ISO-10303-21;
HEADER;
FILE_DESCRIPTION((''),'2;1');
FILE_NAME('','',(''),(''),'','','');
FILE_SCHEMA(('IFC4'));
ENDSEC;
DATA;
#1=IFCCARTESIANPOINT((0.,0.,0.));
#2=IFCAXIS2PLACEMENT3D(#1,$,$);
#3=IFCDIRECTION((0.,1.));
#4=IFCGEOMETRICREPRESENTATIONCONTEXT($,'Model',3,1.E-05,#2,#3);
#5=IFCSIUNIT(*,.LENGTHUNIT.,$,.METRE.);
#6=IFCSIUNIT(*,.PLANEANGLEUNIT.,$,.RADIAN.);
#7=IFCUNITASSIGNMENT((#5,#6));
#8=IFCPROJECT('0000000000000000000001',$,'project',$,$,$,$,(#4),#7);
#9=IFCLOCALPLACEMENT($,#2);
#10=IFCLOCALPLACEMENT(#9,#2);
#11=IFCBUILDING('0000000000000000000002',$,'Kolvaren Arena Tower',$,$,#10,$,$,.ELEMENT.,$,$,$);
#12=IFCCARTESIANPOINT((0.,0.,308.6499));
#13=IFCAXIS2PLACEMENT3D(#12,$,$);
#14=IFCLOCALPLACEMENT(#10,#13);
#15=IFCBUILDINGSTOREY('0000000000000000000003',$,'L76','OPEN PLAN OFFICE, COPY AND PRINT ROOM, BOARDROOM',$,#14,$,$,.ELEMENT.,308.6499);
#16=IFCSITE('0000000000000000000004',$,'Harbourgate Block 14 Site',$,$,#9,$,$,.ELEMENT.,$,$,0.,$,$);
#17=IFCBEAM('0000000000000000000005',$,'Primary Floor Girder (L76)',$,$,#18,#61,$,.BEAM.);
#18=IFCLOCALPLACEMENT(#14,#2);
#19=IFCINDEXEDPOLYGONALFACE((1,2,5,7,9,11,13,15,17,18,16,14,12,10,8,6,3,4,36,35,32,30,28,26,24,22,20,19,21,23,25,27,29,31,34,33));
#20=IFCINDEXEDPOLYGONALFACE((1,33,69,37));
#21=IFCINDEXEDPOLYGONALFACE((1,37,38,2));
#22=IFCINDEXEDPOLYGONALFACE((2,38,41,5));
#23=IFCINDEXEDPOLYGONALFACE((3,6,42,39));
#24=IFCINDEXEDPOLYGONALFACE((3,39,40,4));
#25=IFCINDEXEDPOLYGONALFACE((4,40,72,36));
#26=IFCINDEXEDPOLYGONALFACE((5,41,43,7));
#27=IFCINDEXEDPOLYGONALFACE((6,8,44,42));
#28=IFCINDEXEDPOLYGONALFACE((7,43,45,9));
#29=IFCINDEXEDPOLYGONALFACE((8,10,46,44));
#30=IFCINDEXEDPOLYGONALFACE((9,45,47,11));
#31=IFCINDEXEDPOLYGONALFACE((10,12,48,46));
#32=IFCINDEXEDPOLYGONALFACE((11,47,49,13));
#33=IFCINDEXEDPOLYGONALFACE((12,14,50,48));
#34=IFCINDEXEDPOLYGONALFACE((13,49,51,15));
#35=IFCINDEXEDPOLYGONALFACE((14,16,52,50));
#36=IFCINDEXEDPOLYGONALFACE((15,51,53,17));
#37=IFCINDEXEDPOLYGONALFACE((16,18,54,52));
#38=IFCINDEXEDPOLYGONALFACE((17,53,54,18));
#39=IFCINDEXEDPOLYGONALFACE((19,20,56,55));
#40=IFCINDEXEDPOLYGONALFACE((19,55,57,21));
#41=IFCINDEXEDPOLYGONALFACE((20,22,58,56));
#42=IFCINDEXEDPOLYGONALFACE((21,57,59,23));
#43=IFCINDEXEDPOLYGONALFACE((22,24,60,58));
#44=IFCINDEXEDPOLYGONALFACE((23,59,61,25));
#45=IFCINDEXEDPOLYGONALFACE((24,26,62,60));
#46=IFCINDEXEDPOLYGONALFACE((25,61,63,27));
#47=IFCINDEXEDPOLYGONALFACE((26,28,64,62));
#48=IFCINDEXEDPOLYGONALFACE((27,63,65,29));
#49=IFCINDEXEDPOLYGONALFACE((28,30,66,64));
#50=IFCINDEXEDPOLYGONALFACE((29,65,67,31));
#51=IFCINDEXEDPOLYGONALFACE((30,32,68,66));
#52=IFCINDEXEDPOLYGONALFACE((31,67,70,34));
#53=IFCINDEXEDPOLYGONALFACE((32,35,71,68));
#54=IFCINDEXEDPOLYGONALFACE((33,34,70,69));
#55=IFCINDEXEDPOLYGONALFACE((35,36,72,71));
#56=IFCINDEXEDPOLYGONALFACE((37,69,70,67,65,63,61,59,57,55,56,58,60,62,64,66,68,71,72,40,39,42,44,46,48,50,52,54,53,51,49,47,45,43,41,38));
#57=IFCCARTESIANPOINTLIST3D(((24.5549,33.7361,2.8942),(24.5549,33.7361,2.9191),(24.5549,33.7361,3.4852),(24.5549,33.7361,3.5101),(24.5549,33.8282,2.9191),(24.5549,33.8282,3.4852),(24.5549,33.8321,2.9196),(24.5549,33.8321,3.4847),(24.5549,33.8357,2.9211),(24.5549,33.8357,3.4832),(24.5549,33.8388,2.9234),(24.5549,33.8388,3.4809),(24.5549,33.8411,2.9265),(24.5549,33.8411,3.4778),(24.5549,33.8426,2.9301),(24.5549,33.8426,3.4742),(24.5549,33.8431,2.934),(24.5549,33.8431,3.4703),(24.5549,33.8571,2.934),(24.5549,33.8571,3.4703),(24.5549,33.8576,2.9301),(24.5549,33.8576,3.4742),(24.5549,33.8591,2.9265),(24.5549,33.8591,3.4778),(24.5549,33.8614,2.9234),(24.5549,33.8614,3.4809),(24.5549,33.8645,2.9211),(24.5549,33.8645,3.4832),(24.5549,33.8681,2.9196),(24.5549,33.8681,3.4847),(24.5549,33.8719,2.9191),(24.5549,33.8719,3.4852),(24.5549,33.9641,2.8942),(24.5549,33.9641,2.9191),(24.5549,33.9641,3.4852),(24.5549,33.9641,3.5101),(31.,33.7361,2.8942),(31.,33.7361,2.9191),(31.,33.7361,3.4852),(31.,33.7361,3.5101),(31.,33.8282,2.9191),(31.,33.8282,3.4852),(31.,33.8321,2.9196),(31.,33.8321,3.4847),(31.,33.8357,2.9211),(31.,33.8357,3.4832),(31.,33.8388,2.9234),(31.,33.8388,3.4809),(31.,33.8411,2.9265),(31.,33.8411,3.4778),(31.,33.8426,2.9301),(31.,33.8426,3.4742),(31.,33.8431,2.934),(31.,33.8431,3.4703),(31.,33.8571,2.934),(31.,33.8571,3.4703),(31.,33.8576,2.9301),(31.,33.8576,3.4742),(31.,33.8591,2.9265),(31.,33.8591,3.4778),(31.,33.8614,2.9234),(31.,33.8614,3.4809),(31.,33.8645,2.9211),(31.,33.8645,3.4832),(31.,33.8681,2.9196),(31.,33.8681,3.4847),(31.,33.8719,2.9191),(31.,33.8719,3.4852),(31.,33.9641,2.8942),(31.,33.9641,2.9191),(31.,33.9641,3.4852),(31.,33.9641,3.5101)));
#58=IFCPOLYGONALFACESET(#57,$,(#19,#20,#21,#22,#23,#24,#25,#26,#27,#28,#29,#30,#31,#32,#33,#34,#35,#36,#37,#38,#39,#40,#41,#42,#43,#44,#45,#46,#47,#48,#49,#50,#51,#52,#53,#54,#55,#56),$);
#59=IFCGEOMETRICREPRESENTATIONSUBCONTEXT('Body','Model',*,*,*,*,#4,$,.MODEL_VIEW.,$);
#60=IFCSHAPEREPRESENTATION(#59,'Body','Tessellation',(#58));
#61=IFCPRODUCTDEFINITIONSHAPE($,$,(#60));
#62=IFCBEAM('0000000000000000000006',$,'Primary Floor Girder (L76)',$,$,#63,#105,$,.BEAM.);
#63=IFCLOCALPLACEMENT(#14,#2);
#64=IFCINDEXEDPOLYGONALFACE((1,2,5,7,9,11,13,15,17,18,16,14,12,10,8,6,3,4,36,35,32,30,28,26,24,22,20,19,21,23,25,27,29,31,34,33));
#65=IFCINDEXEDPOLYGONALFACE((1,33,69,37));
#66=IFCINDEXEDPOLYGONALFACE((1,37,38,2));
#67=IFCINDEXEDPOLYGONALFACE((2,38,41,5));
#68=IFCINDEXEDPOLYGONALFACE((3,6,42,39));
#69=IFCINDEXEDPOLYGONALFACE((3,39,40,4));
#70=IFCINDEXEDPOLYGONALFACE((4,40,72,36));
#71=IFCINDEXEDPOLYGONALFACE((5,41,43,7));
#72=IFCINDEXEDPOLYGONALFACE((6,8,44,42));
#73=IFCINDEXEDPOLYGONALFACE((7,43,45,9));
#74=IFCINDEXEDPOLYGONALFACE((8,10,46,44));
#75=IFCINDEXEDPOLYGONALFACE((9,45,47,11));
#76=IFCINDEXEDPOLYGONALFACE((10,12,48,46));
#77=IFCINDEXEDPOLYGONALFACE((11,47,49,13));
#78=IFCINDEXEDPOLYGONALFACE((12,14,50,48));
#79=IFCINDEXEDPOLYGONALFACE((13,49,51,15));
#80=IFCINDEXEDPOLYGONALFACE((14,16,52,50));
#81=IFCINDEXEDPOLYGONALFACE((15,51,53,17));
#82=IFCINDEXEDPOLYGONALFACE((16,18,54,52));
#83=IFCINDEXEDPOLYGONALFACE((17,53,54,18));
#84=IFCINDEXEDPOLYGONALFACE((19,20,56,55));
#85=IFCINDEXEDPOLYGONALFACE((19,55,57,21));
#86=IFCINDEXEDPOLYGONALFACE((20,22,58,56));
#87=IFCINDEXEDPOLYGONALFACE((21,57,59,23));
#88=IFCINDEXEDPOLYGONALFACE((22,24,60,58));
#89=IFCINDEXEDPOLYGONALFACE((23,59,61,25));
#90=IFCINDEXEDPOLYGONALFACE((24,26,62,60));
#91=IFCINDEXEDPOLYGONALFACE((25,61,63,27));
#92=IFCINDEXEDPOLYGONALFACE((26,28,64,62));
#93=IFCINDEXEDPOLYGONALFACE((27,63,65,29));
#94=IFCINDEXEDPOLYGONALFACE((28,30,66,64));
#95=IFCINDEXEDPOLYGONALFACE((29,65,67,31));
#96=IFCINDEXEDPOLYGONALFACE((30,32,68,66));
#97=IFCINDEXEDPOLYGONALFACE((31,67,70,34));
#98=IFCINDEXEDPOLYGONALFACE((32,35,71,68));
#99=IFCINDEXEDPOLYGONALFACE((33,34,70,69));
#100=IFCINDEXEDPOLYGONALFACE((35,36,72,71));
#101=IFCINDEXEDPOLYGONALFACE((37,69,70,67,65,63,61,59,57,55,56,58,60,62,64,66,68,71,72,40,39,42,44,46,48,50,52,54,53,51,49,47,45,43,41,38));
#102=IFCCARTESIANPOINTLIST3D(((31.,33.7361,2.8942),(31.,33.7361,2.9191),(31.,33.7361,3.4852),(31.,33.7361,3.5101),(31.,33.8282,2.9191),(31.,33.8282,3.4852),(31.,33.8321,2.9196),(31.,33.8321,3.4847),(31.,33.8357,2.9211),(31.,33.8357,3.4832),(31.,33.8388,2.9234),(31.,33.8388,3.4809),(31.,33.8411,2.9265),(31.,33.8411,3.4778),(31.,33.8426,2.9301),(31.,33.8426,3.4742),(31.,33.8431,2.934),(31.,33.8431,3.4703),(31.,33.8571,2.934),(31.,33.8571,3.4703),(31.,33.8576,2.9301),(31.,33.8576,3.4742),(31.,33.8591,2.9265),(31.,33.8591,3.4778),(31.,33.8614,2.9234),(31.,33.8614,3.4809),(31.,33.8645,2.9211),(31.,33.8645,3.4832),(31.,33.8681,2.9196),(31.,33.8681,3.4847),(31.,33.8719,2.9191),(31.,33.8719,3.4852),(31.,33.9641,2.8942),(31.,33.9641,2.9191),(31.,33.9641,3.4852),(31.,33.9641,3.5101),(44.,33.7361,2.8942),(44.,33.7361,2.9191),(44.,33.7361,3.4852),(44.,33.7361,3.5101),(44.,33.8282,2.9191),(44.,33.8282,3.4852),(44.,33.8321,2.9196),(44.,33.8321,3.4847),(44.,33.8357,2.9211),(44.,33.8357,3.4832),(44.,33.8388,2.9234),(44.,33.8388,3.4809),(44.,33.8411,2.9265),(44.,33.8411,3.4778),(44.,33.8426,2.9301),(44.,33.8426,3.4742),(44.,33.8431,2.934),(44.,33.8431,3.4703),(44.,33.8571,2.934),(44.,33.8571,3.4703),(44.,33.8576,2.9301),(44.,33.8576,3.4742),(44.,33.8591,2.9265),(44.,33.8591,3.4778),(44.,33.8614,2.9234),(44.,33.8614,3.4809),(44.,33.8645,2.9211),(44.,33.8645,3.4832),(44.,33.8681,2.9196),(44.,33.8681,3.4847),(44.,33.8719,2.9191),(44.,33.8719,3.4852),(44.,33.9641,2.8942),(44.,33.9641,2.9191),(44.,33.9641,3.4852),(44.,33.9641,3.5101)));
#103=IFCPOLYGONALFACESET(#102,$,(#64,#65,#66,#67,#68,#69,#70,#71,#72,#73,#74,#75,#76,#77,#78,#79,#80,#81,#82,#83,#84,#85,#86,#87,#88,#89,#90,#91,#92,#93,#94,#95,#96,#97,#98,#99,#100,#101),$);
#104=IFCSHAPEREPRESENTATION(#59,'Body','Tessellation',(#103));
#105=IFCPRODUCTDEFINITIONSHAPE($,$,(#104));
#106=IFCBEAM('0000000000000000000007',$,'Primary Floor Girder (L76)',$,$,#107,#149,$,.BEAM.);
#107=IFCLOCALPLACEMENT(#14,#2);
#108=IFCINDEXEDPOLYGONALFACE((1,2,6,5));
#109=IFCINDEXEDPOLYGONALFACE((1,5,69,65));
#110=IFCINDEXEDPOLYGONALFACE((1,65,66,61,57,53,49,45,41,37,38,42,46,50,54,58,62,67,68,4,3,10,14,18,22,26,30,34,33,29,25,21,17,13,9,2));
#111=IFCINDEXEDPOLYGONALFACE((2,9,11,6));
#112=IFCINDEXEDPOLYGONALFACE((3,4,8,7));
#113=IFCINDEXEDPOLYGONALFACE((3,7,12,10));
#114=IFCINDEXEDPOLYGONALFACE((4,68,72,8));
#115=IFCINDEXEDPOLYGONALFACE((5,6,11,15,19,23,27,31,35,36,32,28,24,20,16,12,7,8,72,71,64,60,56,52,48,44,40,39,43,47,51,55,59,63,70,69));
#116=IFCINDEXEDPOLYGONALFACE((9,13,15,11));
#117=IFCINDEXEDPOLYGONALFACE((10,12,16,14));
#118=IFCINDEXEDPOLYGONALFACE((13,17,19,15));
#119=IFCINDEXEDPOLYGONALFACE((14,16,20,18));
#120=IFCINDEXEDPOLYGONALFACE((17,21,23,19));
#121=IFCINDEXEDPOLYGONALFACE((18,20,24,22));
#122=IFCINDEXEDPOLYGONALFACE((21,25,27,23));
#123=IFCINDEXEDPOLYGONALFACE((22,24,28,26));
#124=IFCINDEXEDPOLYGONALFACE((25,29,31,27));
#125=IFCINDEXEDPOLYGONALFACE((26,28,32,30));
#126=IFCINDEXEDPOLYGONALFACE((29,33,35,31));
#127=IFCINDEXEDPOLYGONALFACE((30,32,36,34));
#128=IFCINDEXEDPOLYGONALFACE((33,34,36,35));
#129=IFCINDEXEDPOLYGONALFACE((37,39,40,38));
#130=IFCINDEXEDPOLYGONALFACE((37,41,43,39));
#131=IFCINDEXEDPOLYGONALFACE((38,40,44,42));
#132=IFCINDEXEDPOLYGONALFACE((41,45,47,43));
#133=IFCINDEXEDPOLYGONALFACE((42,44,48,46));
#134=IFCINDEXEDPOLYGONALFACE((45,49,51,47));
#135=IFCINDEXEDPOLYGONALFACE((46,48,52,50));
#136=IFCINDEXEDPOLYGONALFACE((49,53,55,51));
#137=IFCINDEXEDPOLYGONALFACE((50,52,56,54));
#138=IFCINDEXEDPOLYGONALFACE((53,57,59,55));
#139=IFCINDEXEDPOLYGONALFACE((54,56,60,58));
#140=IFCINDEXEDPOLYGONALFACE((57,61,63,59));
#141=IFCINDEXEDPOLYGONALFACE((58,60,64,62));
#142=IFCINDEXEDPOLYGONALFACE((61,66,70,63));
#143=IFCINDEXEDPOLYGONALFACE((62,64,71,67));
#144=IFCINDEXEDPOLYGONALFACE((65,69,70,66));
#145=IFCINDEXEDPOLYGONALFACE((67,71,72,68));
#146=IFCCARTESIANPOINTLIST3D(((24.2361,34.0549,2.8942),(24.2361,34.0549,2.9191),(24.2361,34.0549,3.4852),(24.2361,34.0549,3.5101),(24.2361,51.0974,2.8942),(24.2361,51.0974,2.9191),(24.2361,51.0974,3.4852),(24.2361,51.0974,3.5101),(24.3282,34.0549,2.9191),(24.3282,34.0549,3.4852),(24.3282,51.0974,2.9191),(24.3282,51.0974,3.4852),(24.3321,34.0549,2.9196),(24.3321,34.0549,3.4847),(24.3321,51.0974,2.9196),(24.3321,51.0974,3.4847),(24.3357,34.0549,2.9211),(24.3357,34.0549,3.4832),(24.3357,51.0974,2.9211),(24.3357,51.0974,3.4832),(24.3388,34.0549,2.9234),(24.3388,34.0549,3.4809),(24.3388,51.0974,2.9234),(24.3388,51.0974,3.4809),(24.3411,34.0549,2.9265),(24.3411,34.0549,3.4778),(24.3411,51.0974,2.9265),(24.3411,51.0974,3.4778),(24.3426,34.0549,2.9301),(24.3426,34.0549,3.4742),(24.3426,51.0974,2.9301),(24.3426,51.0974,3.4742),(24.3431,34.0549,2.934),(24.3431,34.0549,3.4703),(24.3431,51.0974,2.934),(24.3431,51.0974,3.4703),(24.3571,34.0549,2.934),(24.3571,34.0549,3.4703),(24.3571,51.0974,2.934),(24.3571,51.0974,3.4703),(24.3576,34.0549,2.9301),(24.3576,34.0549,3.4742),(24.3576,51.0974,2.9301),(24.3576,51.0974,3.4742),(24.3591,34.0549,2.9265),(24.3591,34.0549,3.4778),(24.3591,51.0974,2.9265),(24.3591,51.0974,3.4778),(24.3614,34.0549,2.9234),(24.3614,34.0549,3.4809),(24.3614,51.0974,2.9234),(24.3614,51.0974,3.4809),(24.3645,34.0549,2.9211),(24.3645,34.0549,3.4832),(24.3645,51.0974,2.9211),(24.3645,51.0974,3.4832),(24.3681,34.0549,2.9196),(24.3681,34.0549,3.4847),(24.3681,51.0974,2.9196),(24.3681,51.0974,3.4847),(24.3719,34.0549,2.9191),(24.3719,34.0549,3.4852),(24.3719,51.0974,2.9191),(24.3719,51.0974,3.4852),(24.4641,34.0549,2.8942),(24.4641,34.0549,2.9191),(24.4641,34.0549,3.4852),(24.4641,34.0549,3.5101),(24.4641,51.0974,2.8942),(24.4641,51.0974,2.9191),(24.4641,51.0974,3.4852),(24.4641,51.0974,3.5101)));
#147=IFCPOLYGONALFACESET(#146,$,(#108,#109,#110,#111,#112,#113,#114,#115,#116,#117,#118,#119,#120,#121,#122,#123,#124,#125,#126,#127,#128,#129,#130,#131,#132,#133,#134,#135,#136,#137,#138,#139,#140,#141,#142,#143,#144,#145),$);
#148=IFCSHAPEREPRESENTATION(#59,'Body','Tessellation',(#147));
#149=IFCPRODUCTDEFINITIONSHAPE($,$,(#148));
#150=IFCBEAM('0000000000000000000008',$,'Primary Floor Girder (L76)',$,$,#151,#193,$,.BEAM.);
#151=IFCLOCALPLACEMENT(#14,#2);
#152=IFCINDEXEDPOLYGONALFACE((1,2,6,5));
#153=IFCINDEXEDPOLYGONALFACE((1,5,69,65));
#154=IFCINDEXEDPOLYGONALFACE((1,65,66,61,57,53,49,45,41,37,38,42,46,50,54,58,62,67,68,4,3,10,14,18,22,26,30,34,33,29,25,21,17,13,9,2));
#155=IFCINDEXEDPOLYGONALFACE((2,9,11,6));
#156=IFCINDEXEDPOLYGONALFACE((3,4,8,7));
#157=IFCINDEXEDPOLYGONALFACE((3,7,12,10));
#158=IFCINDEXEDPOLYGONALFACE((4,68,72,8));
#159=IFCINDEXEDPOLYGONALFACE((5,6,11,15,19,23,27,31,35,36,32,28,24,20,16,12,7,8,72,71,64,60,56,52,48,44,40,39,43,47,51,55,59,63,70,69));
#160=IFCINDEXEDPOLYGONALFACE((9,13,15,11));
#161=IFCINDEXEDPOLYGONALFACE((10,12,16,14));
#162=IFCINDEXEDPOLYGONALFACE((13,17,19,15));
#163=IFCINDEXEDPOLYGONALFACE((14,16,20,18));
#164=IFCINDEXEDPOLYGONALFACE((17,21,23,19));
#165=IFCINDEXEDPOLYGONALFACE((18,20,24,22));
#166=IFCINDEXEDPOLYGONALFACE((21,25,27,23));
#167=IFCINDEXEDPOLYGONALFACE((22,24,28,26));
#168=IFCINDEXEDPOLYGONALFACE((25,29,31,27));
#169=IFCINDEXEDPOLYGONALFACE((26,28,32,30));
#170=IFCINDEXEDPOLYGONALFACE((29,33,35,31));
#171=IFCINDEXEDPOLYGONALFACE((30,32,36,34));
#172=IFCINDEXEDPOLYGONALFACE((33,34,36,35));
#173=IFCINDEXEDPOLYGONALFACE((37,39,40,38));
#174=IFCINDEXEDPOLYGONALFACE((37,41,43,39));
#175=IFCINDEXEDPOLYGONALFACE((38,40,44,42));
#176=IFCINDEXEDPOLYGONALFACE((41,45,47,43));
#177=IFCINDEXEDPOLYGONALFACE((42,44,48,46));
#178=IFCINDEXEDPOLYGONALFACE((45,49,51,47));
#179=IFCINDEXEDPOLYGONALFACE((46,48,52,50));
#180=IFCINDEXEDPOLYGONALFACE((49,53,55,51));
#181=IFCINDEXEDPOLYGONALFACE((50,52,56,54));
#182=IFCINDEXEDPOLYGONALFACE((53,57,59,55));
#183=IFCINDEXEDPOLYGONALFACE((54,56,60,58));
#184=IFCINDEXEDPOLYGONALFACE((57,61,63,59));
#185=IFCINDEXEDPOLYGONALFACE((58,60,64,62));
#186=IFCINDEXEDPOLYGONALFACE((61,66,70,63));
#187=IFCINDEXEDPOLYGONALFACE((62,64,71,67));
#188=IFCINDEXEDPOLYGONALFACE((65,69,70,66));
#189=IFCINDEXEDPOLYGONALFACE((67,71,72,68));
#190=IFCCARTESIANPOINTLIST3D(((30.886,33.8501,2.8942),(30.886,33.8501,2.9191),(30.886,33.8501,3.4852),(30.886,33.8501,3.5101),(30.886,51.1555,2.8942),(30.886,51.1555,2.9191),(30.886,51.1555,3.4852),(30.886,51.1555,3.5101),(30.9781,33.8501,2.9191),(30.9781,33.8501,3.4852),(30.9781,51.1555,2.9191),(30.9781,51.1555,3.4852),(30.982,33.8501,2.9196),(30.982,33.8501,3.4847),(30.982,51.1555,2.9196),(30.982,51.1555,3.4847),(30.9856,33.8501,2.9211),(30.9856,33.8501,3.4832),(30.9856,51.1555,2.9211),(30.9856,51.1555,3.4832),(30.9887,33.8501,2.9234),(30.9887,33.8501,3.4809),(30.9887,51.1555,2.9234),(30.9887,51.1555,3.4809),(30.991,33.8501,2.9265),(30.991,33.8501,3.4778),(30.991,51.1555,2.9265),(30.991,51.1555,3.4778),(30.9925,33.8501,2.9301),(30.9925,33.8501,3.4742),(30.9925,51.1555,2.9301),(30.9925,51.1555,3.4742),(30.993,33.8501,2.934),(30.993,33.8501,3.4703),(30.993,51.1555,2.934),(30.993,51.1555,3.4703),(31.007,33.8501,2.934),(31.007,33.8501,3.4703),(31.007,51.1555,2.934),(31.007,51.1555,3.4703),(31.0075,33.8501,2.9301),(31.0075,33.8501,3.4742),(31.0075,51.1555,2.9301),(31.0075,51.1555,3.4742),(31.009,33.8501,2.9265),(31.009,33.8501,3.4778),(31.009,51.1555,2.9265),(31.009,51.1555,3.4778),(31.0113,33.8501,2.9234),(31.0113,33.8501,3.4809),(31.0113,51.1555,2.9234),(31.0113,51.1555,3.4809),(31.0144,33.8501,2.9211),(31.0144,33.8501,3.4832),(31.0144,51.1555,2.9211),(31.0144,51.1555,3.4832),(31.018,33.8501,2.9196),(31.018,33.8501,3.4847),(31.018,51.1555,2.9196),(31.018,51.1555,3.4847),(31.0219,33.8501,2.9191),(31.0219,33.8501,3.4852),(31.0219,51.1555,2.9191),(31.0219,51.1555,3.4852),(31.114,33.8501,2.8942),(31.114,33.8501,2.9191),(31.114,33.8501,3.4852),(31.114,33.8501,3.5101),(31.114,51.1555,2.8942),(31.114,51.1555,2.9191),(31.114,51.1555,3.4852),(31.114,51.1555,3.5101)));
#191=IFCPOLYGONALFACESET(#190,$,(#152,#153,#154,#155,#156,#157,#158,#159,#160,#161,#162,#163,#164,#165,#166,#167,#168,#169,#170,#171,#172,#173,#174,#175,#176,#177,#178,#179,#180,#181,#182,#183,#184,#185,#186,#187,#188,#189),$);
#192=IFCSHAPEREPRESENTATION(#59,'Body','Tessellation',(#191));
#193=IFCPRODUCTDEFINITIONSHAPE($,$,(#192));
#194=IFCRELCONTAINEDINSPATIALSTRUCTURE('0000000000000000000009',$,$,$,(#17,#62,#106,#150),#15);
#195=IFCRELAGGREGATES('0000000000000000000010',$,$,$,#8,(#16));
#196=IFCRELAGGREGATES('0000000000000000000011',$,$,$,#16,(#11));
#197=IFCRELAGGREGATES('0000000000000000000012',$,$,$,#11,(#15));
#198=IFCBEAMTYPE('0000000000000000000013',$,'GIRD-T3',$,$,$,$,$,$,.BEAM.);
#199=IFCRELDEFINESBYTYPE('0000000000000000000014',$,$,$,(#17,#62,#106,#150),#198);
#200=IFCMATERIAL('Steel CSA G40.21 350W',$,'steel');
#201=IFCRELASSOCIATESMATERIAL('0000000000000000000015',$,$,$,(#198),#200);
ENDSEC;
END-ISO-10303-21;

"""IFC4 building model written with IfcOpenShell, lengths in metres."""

from ifc_helpers import new_model, si_unit, direction, frame, origin, origin_2d, place, context, subcontext, project, spatial, i_section, extrude, material, material_profile, profile_set, type_object, element, save


model = new_model("IFC4")

# Units and contexts
model_context = context("Model", 3, precision=1e-05, world=origin(), true_north=direction((0.0, 1.0)))
body_context = subcontext(model_context, "Body", "Model", "MODEL_VIEW")
ifc_project = project(units=[si_unit("LENGTHUNIT", "METRE"), si_unit("PLANEANGLEUNIT", "RADIAN")], contexts=[model_context])

# Site, building, storey
site_placement = place(None, origin())
site = spatial("IfcSite", under=ifc_project, at=site_placement, Name="Harbourgate Block 14 Site", CompositionType="ELEMENT", RefElevation=0.0)
building_placement = place(site_placement, origin())
building = spatial("IfcBuilding", under=site, at=building_placement, Name="Kolvaren Arena Tower", CompositionType="ELEMENT")
storey_placement = place(building_placement, frame((0.0, 0.0, 308.6499)))
storey = spatial("IfcBuildingStorey", under=building, at=storey_placement, Name="L76", Description="OPEN PLAN OFFICE, COPY AND PRINT ROOM, BOARDROOM", CompositionType="ELEMENT", Elevation=308.6499)

# Beams
ifc_material_1 = material(Name="Steel CSA G40.21 350W", Category="steel")
ifc_material_profile_1 = material_profile(ifc_material_1, i_section(OverallWidth=0.228, OverallDepth=0.616, WebThickness=0.0139, FlangeThickness=0.0249, FilletRadius=0.0149, at=origin_2d()), Name="W610x174")
ifc_profile_set_1 = profile_set([ifc_material_profile_1], Name="Steel CSA G40.21 350W")
beam_type_1 = type_object("IfcBeamType", Name="GIRD-T3", PredefinedType="BEAM", material=ifc_profile_set_1)
beam_1_placement = place(storey_placement, frame((24.5549, 33.8501, 3.2021), z_axis=(1.0, 0.0, 0.0), x_axis=(0.0, 1.0, 0.0)))
element("IfcBeam", 1, at=beam_1_placement, inside=storey, type_object=beam_type_1, Name="Primary Floor Girder (L76)", PredefinedType="BEAM", context=body_context, shape_type="SweptSolid", body=[
    extrude(i_section(OverallWidth=0.228, OverallDepth=0.616, WebThickness=0.0139, FlangeThickness=0.0249, FilletRadius=0.0149, at=origin_2d()), origin(), (0.0, 0.0, 1.0), 6.4451),
])
beam_2_placement = place(storey_placement, frame((31.0, 33.8501, 3.2021), z_axis=(1.0, 0.0, 0.0), x_axis=(0.0, 1.0, 0.0)))
element("IfcBeam", 2, at=beam_2_placement, inside=storey, type_object=beam_type_1, Name="Primary Floor Girder (L76)", PredefinedType="BEAM", context=body_context, shape_type="SweptSolid", body=[
    extrude(i_section(OverallWidth=0.228, OverallDepth=0.616, WebThickness=0.0139, FlangeThickness=0.0249, FilletRadius=0.0149, at=origin_2d()), origin(), (0.0, 0.0, 1.0), 13.0),
])
beam_3_placement = place(storey_placement, frame((24.3501, 34.0549, 3.2021), z_axis=(0.0, 1.0, 0.0), x_axis=(-1.0, 0.0, 0.0)))
element("IfcBeam", 3, at=beam_3_placement, inside=storey, type_object=beam_type_1, Name="Primary Floor Girder (L76)", PredefinedType="BEAM", context=body_context, shape_type="SweptSolid", body=[
    extrude(i_section(OverallWidth=0.228, OverallDepth=0.616, WebThickness=0.0139, FlangeThickness=0.0249, FilletRadius=0.0149, at=origin_2d()), origin(), (0.0, 0.0, 1.0), 17.0425),
])
beam_4_placement = place(storey_placement, frame((31.0, 33.8501, 3.2021), z_axis=(0.0, 1.0, 0.0), x_axis=(-1.0, 0.0, 0.0)))
element("IfcBeam", 4, at=beam_4_placement, inside=storey, type_object=beam_type_1, Name="Primary Floor Girder (L76)", PredefinedType="BEAM", context=body_context, shape_type="SweptSolid", body=[
    extrude(i_section(OverallWidth=0.228, OverallDepth=0.616, WebThickness=0.0139, FlangeThickness=0.0249, FilletRadius=0.0149, at=origin_2d()), origin(), (0.0, 0.0, 1.0), 17.3054),
])

save(model, "model.ifc")
